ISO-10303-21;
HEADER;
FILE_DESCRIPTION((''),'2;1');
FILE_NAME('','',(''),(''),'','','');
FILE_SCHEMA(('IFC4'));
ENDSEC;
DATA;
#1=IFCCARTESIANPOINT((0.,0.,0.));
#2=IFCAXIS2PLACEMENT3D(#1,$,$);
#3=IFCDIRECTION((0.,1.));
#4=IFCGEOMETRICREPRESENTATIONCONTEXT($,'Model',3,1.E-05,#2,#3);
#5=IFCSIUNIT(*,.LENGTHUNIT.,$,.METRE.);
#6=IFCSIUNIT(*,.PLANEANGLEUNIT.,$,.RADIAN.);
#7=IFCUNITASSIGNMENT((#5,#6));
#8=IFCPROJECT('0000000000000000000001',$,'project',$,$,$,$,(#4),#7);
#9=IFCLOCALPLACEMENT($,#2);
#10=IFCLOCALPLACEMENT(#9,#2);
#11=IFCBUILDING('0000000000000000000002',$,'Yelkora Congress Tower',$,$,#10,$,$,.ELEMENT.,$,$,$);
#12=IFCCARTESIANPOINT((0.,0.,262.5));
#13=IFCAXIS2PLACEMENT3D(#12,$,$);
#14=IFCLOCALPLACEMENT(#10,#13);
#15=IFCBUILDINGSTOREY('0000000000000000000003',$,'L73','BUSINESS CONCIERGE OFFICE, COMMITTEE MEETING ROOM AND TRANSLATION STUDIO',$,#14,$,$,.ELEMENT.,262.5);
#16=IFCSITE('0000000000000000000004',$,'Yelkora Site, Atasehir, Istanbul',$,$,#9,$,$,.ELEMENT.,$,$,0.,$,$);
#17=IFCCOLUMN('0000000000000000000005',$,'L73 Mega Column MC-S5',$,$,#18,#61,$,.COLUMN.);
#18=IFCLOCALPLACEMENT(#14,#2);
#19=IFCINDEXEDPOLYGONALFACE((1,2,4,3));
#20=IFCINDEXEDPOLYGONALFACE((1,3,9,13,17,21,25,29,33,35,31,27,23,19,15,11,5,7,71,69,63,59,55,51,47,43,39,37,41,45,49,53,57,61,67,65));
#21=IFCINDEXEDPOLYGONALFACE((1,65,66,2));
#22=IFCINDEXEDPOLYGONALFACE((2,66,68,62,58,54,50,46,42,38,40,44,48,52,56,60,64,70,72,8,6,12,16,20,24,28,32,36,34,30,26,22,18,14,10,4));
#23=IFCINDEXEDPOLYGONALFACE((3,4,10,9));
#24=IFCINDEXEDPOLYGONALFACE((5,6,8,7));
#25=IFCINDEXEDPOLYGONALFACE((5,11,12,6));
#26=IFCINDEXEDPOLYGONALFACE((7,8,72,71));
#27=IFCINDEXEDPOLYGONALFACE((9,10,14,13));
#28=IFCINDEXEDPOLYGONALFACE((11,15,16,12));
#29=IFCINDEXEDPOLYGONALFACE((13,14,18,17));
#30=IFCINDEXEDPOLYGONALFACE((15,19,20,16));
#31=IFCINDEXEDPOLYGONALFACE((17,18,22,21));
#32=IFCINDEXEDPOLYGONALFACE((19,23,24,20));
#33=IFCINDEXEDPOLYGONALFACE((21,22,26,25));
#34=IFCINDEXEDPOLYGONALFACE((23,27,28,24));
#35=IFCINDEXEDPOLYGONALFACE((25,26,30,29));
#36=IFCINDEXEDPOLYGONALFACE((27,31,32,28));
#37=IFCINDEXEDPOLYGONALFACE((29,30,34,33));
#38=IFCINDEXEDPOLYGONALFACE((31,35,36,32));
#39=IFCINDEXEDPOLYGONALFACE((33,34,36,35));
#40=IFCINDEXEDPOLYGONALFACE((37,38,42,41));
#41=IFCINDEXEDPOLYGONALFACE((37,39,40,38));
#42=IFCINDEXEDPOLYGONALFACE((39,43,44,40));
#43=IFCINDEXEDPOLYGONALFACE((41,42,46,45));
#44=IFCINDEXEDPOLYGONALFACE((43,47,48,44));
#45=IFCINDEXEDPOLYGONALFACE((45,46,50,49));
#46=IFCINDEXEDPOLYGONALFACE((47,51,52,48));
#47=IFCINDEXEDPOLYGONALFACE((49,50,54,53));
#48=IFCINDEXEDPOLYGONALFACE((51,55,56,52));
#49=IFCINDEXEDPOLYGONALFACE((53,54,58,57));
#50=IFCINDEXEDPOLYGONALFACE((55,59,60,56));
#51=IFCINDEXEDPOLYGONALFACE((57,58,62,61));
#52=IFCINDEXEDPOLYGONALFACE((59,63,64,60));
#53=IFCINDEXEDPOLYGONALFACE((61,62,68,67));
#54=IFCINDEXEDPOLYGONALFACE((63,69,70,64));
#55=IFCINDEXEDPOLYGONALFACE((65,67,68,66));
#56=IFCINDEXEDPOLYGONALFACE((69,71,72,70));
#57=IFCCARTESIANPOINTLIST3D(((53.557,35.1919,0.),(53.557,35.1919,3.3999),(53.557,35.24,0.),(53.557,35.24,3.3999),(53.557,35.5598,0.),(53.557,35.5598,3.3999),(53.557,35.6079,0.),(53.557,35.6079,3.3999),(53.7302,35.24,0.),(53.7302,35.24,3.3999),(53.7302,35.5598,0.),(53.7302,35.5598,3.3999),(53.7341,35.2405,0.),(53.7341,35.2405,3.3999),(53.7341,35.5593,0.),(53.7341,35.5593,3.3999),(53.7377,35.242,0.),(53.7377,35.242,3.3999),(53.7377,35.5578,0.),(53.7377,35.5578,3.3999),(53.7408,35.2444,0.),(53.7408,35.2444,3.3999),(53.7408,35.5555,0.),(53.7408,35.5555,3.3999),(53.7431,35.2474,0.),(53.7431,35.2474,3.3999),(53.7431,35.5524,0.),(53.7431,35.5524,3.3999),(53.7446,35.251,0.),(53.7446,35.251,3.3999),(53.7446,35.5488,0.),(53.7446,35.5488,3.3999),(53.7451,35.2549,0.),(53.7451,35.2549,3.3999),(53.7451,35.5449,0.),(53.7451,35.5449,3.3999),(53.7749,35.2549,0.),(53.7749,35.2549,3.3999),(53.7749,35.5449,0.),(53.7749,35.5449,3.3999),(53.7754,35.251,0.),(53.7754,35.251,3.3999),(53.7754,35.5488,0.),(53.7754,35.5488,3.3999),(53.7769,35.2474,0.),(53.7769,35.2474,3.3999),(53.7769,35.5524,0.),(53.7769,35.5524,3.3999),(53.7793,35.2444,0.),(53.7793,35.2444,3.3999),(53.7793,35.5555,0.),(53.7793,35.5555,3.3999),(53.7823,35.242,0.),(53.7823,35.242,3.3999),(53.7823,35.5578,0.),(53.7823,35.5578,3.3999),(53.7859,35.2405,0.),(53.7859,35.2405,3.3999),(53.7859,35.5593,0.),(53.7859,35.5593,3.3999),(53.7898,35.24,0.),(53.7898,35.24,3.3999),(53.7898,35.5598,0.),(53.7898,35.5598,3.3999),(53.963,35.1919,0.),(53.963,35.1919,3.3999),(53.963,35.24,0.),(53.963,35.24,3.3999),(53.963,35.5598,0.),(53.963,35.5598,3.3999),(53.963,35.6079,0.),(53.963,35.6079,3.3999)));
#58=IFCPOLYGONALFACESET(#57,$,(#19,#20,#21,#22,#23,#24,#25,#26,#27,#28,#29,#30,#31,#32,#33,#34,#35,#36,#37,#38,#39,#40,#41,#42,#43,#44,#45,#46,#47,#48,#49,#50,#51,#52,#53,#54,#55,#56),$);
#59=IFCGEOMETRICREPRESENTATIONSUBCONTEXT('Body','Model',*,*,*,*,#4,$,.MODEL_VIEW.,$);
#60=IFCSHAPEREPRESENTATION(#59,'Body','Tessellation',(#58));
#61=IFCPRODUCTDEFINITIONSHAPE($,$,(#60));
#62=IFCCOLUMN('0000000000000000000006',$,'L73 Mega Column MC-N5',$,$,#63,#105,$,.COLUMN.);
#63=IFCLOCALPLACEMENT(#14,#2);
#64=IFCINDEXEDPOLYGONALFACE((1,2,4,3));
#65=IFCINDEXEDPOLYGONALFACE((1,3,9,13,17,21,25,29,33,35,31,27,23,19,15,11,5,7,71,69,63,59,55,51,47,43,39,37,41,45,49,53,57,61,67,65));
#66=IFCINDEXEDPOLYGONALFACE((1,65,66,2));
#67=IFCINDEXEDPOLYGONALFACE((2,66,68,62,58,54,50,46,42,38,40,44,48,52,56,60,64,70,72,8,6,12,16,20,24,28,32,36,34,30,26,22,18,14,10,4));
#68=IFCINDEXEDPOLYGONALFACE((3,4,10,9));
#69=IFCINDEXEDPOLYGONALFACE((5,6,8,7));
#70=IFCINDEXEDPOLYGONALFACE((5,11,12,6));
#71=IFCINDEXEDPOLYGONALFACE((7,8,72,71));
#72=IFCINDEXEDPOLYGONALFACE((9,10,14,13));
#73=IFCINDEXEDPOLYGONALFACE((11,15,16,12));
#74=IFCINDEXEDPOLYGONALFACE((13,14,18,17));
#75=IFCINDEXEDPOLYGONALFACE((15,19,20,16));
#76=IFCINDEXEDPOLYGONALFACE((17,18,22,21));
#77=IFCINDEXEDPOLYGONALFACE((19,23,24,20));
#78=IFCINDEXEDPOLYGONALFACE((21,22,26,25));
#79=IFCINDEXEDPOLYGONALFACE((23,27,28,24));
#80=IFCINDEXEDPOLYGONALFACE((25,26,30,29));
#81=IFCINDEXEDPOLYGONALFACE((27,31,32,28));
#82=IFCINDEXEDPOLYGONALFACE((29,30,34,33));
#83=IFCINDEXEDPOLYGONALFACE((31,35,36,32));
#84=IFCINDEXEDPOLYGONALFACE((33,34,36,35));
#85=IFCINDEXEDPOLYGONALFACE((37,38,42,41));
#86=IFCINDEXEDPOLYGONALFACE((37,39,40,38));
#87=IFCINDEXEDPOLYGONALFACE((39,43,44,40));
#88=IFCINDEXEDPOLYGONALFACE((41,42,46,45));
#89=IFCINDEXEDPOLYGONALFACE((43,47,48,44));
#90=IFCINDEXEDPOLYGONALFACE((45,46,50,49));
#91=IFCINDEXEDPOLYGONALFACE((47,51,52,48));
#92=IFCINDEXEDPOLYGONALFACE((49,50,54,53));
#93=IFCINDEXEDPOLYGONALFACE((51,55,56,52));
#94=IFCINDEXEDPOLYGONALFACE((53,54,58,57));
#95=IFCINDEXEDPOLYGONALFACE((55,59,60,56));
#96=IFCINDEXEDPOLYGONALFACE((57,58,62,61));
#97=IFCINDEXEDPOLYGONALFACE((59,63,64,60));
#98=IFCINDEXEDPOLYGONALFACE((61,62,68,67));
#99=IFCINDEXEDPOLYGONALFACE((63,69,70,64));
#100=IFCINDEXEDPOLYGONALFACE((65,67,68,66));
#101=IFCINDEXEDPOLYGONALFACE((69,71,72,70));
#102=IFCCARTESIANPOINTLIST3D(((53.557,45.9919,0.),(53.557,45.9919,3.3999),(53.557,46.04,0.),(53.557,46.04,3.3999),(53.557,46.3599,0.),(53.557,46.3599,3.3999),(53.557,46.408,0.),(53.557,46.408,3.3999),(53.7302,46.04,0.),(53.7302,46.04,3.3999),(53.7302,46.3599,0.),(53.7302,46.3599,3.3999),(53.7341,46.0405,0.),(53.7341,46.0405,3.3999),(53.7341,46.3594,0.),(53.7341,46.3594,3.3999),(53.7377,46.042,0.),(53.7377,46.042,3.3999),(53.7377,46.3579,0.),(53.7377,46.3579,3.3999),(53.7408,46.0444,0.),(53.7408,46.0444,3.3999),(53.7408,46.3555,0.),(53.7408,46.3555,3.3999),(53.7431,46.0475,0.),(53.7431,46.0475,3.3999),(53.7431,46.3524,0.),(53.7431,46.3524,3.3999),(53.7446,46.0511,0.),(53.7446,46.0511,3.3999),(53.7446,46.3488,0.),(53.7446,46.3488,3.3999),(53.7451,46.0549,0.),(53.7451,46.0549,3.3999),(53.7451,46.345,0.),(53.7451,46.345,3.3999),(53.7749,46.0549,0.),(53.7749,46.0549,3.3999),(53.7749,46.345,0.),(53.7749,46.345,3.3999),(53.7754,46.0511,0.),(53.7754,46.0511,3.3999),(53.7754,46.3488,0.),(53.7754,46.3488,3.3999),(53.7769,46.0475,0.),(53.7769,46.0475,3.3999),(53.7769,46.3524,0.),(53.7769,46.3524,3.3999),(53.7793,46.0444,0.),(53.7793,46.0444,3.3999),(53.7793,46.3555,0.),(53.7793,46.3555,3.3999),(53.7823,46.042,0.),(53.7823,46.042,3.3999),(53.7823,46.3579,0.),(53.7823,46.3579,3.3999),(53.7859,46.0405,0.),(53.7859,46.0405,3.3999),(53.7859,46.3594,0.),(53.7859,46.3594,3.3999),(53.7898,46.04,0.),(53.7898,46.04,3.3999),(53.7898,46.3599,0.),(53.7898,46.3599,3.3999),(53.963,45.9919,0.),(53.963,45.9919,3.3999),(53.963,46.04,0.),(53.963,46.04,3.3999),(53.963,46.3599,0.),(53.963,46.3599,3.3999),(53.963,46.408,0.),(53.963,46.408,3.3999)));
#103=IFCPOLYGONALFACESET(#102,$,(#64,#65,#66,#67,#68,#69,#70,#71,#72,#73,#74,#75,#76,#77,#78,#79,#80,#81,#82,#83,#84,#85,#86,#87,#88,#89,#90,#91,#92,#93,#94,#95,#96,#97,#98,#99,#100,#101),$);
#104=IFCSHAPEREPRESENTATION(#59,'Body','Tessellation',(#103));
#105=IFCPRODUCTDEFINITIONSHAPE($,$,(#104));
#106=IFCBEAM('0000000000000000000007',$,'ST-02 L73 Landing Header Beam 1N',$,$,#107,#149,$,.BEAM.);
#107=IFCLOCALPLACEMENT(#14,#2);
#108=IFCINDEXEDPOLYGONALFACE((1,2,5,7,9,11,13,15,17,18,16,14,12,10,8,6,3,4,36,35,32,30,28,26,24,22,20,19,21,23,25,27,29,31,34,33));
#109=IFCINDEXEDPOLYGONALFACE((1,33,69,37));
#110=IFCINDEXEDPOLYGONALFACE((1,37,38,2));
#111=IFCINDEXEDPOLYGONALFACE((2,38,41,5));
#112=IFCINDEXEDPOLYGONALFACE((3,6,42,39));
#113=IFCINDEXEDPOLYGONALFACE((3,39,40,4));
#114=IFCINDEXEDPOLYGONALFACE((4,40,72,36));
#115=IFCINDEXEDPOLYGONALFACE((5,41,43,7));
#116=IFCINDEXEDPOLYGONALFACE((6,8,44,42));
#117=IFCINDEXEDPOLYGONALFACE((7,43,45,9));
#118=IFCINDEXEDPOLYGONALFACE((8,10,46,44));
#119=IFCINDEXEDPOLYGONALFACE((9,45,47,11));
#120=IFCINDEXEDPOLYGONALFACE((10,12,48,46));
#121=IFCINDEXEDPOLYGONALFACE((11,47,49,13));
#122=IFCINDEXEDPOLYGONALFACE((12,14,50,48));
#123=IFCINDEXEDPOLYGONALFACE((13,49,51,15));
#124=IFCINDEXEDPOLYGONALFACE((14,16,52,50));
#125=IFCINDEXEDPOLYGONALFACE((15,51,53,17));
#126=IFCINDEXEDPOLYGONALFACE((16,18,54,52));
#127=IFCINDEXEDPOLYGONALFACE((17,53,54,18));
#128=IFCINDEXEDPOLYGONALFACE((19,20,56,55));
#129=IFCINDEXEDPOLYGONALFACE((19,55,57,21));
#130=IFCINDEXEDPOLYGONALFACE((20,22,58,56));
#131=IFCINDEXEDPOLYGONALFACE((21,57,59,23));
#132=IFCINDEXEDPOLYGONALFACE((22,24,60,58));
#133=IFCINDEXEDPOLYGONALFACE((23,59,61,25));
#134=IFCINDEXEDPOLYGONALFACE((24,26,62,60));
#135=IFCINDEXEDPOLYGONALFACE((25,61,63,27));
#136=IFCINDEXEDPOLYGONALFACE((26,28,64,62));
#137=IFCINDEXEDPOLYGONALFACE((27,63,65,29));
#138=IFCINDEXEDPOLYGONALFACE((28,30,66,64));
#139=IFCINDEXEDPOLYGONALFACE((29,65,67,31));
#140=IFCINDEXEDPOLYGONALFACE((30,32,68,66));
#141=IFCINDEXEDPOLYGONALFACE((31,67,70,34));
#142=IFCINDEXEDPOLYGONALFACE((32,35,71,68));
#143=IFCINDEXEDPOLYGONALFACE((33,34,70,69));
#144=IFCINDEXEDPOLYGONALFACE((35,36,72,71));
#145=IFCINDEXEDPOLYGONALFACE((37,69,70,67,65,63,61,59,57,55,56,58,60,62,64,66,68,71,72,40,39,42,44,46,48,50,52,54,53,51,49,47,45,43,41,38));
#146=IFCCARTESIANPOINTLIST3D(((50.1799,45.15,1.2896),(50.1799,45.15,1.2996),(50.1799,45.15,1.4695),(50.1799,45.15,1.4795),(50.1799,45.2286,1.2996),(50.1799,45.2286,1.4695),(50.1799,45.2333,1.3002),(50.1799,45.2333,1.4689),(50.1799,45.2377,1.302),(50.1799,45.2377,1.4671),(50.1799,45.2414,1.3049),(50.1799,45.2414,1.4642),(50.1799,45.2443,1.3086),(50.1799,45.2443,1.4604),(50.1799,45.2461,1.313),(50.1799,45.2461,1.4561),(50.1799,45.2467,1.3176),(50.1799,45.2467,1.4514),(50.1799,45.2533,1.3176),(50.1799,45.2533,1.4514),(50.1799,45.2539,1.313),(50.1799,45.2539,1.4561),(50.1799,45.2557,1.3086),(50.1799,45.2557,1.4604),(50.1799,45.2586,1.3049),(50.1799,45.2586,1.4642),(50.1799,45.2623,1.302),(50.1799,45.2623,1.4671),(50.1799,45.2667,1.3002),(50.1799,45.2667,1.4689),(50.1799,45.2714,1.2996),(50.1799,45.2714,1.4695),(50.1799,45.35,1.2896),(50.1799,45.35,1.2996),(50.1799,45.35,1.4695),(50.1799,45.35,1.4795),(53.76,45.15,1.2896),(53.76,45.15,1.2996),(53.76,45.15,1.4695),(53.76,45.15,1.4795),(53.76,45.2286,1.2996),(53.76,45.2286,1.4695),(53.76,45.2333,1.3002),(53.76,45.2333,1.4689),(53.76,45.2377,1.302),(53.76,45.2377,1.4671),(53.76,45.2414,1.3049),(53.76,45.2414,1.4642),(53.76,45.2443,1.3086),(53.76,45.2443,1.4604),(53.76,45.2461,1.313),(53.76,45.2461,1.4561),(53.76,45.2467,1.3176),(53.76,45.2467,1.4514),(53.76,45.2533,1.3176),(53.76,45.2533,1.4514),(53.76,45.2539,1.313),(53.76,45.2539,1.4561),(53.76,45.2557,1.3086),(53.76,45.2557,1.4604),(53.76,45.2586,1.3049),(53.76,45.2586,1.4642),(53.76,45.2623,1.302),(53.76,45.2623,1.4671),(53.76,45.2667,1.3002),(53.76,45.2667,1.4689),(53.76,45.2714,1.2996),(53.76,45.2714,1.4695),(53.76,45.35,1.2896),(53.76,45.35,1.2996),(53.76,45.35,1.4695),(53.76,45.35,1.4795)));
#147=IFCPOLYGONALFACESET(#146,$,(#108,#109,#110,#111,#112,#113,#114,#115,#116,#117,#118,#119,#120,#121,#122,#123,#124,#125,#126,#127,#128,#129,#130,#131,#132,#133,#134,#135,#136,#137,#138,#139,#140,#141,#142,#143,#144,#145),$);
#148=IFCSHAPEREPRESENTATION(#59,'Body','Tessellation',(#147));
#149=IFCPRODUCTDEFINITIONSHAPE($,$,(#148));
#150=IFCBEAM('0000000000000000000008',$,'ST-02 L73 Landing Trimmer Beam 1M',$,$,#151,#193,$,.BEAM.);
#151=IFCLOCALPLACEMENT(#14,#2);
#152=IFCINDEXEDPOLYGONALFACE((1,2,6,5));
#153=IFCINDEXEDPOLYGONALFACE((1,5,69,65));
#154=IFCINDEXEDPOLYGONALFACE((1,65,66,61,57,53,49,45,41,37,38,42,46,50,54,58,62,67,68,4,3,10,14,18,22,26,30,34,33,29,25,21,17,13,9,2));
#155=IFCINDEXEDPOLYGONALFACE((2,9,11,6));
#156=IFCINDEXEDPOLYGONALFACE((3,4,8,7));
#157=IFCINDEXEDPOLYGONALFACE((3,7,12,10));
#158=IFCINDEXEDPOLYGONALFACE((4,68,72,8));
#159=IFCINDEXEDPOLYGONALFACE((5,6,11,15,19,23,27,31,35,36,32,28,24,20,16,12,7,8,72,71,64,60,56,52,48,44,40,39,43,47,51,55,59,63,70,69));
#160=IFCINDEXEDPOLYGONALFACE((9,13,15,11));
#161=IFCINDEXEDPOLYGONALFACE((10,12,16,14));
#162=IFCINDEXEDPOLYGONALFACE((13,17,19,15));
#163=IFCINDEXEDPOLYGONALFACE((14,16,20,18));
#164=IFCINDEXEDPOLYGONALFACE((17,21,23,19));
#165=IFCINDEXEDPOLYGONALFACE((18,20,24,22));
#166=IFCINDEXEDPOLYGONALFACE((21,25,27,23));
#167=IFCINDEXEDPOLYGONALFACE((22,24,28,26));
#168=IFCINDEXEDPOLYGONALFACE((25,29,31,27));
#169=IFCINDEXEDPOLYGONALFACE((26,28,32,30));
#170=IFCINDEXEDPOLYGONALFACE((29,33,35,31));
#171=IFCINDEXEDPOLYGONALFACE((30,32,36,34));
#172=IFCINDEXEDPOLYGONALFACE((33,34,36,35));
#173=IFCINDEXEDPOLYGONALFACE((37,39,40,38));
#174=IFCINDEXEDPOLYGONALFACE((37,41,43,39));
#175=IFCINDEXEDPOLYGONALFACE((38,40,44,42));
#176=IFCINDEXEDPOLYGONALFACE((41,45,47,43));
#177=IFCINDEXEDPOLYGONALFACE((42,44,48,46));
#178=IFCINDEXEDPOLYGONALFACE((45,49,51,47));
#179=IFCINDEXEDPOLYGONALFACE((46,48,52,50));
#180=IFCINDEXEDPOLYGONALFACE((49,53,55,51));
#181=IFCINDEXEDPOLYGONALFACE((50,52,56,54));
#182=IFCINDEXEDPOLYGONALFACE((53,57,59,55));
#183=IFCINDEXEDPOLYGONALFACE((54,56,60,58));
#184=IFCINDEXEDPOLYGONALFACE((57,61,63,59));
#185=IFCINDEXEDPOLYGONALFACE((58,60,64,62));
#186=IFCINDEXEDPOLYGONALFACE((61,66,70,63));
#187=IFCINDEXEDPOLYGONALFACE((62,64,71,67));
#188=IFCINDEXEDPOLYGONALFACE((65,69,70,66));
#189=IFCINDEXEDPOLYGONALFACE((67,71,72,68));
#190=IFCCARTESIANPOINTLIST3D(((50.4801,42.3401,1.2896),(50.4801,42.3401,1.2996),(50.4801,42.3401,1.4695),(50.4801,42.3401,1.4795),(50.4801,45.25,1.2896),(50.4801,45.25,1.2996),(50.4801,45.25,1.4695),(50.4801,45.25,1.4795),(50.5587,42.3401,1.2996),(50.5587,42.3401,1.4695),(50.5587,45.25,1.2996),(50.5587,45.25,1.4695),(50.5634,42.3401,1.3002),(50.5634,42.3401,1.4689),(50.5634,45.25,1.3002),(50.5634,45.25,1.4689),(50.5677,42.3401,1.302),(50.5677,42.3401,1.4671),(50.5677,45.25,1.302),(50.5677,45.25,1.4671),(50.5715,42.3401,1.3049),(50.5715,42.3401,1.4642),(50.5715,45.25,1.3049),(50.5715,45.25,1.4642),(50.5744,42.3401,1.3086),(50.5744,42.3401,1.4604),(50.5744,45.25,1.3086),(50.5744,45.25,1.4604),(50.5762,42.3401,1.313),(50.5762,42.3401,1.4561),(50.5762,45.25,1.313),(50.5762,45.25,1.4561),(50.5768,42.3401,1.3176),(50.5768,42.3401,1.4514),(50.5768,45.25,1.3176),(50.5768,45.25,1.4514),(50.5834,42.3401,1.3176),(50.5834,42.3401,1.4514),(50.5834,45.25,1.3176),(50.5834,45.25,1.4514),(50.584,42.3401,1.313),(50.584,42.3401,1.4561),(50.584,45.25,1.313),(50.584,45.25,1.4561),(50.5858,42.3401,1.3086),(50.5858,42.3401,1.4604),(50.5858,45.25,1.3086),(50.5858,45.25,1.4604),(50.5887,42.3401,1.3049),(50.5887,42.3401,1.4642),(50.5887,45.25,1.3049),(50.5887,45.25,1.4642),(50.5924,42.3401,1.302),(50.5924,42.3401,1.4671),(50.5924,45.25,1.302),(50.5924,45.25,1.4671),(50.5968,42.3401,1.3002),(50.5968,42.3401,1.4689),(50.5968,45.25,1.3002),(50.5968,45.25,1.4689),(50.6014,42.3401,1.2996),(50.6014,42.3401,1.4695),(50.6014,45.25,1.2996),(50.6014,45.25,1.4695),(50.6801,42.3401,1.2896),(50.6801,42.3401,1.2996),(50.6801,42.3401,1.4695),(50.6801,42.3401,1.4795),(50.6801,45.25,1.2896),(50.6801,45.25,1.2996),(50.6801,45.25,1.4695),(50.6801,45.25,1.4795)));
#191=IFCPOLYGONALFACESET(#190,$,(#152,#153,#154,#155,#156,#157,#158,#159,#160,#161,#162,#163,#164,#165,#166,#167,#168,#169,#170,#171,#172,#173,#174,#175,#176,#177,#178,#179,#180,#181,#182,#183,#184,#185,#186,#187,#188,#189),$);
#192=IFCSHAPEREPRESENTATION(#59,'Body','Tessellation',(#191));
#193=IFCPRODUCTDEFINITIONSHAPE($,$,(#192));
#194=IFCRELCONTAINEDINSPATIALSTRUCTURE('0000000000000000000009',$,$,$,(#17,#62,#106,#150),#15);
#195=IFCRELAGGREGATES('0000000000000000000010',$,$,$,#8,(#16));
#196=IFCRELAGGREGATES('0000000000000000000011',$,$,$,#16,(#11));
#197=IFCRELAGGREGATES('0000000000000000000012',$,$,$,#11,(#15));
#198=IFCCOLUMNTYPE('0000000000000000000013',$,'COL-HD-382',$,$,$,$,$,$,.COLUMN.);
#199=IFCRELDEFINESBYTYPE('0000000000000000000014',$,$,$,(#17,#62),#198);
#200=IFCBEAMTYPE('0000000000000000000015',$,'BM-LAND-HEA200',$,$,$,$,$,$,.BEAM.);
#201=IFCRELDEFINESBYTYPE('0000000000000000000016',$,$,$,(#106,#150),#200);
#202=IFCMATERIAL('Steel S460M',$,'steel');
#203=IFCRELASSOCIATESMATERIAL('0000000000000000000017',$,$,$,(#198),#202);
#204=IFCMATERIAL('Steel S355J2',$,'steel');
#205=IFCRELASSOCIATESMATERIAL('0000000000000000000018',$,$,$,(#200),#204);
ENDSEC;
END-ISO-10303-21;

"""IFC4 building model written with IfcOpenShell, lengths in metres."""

from ifc_helpers import new_model, si_unit, direction, frame, origin, origin_2d, place, context, subcontext, project, spatial, i_section, extrude, material, material_profile, profile_set, type_object, element, save


model = new_model("IFC4")

# Units and contexts
model_context = context("Model", 3, precision=1e-05, world=origin(), true_north=direction((0.0, 1.0)))
body_context = subcontext(model_context, "Body", "Model", "MODEL_VIEW")
ifc_project = project(units=[si_unit("LENGTHUNIT", "METRE"), si_unit("PLANEANGLEUNIT", "RADIAN")], contexts=[model_context])

# Site, building, storey
site_placement = place(None, origin())
site = spatial("IfcSite", under=ifc_project, at=site_placement, Name="Yelkora Site, Atasehir, Istanbul", CompositionType="ELEMENT", RefElevation=0.0)
building_placement = place(site_placement, origin())
building = spatial("IfcBuilding", under=site, at=building_placement, Name="Yelkora Congress Tower", CompositionType="ELEMENT")
storey_placement = place(building_placement, frame((0.0, 0.0, 262.5)))
storey = spatial("IfcBuildingStorey", under=building, at=storey_placement, Name="L73", Description="BUSINESS CONCIERGE OFFICE, COMMITTEE MEETING ROOM AND TRANSLATION STUDIO", CompositionType="ELEMENT", Elevation=262.5)

# Columns
ifc_material_1 = material(Name="Steel S460M", Category="steel")
ifc_material_profile_1 = material_profile(ifc_material_1, i_section(OverallWidth=0.406, OverallDepth=0.416, WebThickness=0.0298, FlangeThickness=0.0481, FilletRadius=0.0149, at=origin_2d()), Name="HD 400x382")
ifc_profile_set_1 = profile_set([ifc_material_profile_1], Name="Steel S460M")
column_type = type_object("IfcColumnType", Name="COL-HD-382", PredefinedType="COLUMN", material=ifc_profile_set_1)
for number, where, z_axis, x_axis, name in (
    (1, (53.76, 35.3999, 0.0), (0.0, 0.0, 1.0), (1.0, 0.0, 0.0), "L73 Mega Column MC-S5"),
    (2, (53.76, 46.2, 0.0), (0.0, 0.0, 1.0), (1.0, 0.0, 0.0), "L73 Mega Column MC-N5"),
):
    element("IfcColumn", number, at=place(storey_placement, frame(where, z_axis=z_axis, x_axis=x_axis)), inside=storey, type_object=column_type, Name=name, PredefinedType="COLUMN", context=body_context, shape_type="SweptSolid", body=[
        extrude(i_section(OverallWidth=0.406, OverallDepth=0.416, WebThickness=0.0298, FlangeThickness=0.0481, FilletRadius=0.0149, at=origin_2d()), origin(), (0.0, 0.0, 1.0), 3.3999),
    ])

# Beams
ifc_material_2 = material(Name="Steel S355J2", Category="steel")
ifc_material_profile_2 = material_profile(ifc_material_2, i_section(OverallWidth=0.2, OverallDepth=0.1899, WebThickness=0.0066, FlangeThickness=0.01, FilletRadius=0.0181, at=origin_2d()), Name="HEA 200")
ifc_profile_set_2 = profile_set([ifc_material_profile_2], Name="Steel S355J2")
beam_type = type_object("IfcBeamType", Name="BM-LAND-HEA200", PredefinedType="BEAM", material=ifc_profile_set_2)
beam_1_placement = place(storey_placement, frame((50.1799, 45.25, 1.3845), z_axis=(1.0, 0.0, 0.0), x_axis=(0.0, 1.0, 0.0)))
element("IfcBeam", 3, at=beam_1_placement, inside=storey, type_object=beam_type, Name="ST-02 L73 Landing Header Beam 1N", PredefinedType="BEAM", context=body_context, shape_type="SweptSolid", body=[
    extrude(i_section(OverallWidth=0.2, OverallDepth=0.1899, WebThickness=0.0066, FlangeThickness=0.01, FilletRadius=0.0181, at=origin_2d()), origin(), (0.0, 0.0, 1.0), 3.5801),
])
beam_2_placement = place(storey_placement, frame((50.5801, 42.3401, 1.3845), z_axis=(0.0, 1.0, 0.0), x_axis=(-1.0, 0.0, 0.0)))
element("IfcBeam", 4, at=beam_2_placement, inside=storey, type_object=beam_type, Name="ST-02 L73 Landing Trimmer Beam 1M", PredefinedType="BEAM", context=body_context, shape_type="SweptSolid", body=[
    extrude(i_section(OverallWidth=0.2, OverallDepth=0.1899, WebThickness=0.0066, FlangeThickness=0.01, FilletRadius=0.0181, at=origin_2d()), origin(), (0.0, 0.0, 1.0), 2.9099),
])

save(model, "model.ifc")
